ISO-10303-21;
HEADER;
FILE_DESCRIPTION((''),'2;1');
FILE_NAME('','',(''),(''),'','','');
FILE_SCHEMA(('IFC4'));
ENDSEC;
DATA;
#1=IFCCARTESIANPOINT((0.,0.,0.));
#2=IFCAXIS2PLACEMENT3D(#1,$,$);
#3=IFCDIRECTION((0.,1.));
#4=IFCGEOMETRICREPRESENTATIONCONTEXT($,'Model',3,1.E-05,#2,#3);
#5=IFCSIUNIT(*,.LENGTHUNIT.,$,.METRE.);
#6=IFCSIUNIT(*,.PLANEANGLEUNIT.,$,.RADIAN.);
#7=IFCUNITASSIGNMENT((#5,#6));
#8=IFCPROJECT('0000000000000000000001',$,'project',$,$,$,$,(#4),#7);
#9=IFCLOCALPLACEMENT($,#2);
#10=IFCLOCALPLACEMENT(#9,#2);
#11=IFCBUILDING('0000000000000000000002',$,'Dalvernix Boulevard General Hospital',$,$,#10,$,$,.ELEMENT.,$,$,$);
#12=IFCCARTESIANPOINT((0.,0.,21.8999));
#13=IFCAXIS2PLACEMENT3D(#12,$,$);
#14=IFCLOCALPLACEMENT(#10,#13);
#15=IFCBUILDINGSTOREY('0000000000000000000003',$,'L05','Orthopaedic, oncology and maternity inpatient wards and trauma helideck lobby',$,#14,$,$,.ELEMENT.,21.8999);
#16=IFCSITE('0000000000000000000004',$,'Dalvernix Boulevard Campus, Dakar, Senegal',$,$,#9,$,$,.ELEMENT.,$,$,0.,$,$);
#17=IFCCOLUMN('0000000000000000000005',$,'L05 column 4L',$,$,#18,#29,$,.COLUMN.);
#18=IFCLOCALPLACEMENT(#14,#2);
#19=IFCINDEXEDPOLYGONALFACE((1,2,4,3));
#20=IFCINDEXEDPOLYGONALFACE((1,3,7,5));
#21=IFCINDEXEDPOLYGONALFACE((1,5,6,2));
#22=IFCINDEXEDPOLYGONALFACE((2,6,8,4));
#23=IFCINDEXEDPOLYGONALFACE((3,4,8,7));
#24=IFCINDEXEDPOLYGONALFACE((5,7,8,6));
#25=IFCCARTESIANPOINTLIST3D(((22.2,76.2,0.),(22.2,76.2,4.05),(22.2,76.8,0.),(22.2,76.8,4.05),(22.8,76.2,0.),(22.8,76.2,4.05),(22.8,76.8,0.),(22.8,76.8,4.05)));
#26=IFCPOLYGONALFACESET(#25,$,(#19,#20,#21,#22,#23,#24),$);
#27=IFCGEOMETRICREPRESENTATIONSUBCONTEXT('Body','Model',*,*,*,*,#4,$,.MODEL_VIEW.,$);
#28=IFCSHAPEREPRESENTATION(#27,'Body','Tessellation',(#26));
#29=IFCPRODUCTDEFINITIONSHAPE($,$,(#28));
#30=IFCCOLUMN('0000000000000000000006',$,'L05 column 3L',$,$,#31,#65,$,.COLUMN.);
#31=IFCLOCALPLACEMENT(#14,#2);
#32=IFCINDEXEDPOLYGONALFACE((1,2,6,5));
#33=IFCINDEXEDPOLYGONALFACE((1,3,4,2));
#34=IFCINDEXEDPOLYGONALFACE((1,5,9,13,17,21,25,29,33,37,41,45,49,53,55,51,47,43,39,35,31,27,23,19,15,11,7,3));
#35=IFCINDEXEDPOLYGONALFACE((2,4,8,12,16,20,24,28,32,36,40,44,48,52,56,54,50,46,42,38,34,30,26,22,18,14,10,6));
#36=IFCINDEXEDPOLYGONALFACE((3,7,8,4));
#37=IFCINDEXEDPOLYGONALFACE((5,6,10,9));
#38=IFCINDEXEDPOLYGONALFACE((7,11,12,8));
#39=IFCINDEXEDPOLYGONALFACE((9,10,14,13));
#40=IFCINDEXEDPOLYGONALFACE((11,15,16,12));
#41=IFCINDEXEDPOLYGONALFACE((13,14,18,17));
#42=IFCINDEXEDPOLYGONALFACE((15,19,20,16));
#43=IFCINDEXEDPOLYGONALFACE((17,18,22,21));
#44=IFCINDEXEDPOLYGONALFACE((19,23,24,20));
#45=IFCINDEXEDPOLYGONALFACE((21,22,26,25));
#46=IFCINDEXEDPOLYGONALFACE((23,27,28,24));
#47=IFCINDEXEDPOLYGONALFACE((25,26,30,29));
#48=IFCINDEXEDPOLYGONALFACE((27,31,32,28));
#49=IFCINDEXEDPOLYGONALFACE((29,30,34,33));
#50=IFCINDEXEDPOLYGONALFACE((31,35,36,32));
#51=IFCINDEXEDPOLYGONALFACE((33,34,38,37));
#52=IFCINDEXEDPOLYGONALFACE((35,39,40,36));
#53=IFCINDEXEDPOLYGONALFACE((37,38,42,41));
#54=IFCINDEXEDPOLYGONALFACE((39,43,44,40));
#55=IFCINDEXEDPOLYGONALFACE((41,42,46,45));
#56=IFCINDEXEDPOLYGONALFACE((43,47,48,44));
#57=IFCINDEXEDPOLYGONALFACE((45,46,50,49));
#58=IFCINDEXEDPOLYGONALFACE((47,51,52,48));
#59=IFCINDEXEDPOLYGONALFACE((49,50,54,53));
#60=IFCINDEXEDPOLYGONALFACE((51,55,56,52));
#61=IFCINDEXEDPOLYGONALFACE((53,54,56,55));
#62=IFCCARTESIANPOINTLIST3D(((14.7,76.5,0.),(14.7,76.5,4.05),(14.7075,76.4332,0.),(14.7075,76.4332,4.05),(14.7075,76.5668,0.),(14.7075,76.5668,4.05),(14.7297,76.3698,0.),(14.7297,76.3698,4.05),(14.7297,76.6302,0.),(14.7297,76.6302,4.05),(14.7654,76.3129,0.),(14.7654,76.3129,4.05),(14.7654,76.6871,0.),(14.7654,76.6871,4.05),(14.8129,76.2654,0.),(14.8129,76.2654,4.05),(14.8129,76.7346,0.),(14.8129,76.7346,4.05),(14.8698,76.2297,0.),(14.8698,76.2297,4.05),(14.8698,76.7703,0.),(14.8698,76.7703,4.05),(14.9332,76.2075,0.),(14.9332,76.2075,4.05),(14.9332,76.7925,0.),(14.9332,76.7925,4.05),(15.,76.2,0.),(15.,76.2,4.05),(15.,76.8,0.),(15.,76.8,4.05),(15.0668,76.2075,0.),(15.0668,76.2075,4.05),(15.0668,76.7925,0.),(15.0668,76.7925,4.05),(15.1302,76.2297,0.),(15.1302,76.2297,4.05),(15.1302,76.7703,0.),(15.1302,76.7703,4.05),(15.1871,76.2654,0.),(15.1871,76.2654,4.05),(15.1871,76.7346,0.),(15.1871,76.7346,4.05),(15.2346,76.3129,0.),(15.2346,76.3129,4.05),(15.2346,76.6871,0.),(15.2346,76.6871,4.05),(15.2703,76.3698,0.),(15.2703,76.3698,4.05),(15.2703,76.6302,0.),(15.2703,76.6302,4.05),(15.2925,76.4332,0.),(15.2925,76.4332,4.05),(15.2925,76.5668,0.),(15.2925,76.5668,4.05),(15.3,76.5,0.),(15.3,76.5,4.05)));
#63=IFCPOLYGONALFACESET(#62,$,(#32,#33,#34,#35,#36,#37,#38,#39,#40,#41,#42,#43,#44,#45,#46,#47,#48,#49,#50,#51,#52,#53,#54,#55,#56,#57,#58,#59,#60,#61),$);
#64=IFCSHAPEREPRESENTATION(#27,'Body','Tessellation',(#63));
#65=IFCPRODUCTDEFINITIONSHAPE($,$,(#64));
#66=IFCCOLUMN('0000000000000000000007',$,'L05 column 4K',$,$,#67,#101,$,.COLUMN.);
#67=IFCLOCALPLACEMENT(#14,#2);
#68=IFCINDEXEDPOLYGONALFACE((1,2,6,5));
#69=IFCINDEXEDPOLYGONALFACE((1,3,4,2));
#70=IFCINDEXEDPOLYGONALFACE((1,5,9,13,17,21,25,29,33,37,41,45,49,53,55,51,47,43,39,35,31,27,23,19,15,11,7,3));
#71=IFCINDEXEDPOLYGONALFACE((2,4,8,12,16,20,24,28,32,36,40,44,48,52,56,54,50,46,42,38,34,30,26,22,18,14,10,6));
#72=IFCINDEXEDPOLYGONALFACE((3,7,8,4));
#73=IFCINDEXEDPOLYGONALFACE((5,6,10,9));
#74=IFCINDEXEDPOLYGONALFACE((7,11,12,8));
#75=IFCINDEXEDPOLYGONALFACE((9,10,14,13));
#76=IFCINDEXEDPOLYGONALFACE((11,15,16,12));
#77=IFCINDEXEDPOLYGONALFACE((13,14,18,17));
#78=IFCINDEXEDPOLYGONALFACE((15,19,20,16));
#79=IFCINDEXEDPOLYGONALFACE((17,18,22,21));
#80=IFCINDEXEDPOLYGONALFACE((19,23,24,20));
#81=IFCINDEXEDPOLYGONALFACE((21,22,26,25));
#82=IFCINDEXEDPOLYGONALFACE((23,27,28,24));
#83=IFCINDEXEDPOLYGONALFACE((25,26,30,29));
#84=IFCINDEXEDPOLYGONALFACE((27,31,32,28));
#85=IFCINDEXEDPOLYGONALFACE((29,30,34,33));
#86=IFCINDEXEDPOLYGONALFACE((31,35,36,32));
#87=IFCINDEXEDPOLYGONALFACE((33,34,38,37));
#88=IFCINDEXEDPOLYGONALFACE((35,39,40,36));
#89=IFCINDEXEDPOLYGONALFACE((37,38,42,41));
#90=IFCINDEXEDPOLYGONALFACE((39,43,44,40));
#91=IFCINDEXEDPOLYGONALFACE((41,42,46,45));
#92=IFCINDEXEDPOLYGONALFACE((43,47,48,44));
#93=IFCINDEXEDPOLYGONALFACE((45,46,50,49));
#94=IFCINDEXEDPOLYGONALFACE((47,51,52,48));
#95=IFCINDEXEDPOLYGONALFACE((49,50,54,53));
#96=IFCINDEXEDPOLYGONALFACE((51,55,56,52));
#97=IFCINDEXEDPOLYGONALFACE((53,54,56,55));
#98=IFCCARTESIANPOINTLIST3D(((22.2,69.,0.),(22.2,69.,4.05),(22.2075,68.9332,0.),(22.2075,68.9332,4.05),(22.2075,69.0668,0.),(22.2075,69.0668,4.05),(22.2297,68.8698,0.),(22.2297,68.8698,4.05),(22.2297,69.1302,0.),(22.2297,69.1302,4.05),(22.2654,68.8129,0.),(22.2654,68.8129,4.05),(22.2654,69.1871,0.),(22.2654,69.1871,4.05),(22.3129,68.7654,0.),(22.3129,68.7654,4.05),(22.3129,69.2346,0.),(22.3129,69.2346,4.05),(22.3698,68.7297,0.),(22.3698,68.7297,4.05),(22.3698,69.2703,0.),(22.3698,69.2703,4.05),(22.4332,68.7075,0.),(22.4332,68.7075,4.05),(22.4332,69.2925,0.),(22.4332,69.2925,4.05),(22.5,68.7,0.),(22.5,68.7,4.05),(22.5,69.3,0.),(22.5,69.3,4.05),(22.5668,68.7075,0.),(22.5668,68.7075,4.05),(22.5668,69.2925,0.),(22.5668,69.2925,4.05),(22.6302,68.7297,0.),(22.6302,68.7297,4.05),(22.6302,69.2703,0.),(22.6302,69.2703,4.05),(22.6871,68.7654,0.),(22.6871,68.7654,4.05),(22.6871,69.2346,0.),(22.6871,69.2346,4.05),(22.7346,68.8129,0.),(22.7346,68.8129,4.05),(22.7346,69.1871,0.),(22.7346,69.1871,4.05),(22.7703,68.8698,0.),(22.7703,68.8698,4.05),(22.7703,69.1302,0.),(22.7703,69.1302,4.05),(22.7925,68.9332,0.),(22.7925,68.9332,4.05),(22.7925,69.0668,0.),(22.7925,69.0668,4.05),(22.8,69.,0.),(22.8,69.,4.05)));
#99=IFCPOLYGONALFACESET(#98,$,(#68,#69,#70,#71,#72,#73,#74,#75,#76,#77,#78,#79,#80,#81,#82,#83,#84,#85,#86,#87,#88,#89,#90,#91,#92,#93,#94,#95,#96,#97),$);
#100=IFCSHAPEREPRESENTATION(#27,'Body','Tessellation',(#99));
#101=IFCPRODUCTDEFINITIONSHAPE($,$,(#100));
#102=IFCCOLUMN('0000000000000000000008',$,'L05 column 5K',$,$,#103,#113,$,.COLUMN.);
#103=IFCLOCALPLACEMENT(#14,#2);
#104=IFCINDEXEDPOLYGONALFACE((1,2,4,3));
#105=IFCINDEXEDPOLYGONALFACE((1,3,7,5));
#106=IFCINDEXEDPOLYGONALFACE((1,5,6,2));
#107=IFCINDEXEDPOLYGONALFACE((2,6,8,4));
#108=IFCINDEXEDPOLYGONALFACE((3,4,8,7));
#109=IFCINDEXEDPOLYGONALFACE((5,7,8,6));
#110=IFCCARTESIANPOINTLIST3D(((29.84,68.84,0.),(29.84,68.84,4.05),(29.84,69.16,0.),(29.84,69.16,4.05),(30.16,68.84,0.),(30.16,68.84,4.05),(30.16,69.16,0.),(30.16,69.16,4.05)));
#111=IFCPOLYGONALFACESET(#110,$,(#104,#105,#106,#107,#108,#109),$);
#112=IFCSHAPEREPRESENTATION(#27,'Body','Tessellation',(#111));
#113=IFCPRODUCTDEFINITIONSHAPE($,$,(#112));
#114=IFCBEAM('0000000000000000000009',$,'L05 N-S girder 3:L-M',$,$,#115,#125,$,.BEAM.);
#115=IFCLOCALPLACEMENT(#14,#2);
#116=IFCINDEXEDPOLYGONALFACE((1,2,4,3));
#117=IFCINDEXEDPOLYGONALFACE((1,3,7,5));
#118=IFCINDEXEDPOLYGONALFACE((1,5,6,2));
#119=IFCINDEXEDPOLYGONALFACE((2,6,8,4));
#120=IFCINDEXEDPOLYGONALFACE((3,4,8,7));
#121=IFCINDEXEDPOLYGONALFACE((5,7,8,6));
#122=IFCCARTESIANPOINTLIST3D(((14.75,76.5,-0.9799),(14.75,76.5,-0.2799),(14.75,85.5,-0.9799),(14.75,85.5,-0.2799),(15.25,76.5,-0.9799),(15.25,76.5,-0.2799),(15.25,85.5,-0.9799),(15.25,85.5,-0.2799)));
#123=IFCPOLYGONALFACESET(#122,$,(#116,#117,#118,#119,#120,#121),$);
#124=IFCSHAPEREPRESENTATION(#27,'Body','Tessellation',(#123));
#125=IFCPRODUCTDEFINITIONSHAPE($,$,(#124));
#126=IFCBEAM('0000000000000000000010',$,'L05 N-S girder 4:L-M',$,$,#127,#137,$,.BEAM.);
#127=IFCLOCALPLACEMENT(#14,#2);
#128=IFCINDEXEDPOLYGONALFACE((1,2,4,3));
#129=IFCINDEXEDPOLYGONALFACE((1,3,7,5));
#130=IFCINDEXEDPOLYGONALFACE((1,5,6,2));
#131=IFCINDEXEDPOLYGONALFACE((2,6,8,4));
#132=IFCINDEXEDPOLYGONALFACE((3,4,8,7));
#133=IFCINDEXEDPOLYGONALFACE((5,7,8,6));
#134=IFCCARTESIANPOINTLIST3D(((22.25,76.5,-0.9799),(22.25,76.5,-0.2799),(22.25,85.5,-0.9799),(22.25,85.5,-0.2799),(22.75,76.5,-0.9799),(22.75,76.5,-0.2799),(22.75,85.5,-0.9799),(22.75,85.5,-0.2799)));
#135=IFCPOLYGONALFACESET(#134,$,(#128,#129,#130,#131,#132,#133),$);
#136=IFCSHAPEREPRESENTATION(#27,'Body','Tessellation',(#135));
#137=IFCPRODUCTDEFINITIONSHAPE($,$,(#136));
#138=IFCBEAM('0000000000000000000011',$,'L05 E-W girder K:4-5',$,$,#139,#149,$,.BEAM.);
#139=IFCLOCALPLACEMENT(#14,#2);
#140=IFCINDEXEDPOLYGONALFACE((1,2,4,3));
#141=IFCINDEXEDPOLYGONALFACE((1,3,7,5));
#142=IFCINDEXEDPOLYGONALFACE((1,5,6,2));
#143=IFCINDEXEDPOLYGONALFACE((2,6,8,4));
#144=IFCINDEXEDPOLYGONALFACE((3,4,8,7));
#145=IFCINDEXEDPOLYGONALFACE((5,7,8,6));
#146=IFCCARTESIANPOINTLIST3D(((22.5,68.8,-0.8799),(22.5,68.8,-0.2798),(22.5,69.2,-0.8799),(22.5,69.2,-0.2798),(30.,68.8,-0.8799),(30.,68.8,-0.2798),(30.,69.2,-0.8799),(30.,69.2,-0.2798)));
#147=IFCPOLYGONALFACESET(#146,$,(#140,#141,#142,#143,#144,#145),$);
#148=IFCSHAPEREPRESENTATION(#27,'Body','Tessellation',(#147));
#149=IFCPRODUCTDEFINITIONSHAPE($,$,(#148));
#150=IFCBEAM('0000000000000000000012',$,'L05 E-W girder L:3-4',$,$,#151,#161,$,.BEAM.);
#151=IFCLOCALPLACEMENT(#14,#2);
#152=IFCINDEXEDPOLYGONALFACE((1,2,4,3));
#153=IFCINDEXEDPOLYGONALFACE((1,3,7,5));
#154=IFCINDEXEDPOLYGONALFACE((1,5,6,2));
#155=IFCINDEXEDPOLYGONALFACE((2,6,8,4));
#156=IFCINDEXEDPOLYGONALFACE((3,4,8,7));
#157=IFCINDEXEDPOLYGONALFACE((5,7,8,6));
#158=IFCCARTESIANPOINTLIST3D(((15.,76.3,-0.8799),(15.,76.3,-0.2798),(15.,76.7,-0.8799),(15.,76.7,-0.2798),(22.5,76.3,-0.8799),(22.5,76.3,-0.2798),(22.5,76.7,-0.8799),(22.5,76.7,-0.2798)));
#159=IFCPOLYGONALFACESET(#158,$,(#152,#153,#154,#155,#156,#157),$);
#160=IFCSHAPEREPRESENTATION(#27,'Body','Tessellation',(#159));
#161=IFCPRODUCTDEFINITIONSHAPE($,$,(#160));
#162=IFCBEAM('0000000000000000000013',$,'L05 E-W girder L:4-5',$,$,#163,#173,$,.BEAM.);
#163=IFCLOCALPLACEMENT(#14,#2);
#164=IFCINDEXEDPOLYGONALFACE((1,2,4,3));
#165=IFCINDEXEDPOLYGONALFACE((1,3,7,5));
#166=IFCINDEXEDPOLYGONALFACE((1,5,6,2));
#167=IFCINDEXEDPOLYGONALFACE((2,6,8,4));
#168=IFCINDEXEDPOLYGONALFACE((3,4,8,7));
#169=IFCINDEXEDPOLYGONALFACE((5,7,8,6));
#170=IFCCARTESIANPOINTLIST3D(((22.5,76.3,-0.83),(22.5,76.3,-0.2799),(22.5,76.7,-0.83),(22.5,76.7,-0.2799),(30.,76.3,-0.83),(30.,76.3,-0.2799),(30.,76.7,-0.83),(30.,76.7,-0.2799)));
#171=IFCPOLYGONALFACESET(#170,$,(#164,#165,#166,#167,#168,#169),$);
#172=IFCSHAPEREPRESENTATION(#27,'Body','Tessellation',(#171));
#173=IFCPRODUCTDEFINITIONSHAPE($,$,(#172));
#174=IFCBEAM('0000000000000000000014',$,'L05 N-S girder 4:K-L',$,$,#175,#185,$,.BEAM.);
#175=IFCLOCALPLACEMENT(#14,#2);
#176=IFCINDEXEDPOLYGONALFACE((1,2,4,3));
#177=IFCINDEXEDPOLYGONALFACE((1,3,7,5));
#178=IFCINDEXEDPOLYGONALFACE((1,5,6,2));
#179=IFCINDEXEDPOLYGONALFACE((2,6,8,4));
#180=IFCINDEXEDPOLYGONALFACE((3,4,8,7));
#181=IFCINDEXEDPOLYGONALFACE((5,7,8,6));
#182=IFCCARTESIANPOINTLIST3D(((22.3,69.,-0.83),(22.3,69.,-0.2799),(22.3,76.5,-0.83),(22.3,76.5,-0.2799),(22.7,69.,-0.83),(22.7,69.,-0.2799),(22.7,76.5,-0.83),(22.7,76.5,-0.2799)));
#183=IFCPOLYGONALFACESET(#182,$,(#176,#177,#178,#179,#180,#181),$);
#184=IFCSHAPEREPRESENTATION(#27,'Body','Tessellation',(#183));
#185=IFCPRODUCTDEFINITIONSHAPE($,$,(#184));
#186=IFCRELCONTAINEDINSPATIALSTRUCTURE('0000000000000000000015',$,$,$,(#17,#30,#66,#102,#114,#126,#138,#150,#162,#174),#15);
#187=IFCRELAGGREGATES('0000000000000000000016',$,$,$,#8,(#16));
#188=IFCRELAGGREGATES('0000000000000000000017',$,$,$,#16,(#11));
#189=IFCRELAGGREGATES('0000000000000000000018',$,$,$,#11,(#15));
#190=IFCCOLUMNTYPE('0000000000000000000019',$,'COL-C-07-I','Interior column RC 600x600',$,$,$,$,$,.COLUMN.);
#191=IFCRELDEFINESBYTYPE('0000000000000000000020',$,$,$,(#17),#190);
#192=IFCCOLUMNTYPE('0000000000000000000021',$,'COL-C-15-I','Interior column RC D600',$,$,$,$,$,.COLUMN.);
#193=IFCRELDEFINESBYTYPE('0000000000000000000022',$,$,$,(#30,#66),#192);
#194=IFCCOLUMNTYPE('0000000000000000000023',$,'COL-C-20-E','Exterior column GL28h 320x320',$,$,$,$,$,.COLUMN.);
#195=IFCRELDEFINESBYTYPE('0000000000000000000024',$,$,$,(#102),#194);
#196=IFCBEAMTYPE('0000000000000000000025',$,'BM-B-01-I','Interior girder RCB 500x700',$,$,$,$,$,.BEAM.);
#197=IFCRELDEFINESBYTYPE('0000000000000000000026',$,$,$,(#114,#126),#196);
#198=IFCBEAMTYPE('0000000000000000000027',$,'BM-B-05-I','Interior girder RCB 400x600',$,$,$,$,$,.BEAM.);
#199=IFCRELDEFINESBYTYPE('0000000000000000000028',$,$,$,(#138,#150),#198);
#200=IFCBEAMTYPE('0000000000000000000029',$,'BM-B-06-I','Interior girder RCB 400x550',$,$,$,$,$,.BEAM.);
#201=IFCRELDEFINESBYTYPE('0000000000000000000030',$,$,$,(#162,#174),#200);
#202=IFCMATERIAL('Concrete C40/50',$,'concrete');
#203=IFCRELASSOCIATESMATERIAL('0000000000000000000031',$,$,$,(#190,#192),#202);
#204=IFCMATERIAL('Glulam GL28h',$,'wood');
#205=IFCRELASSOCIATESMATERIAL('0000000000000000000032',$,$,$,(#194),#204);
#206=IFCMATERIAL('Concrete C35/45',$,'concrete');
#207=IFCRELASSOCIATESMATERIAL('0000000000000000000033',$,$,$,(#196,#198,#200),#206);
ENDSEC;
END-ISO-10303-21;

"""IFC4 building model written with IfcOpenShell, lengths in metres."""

from ifc_helpers import new_model, si_unit, direction, frame, origin, origin_2d, place, context, subcontext, project, spatial, rectangle, circle, extrude, material, material_profile, profile_set, type_object, element, save


model = new_model("IFC4")

# Units and contexts
model_context = context("Model", 3, precision=1e-05, world=origin(), true_north=direction((0.0, 1.0)))
body_context = subcontext(model_context, "Body", "Model", "MODEL_VIEW")
ifc_project = project(units=[si_unit("LENGTHUNIT", "METRE"), si_unit("PLANEANGLEUNIT", "RADIAN")], contexts=[model_context])

# Site, building, storey
site_placement = place(None, origin())
site = spatial("IfcSite", under=ifc_project, at=site_placement, Name="Dalvernix Boulevard Campus, Dakar, Senegal", CompositionType="ELEMENT", RefElevation=0.0)
building_placement = place(site_placement, origin())
building = spatial("IfcBuilding", under=site, at=building_placement, Name="Dalvernix Boulevard General Hospital", CompositionType="ELEMENT")
storey_placement = place(building_placement, frame((0.0, 0.0, 21.8999)))
storey = spatial("IfcBuildingStorey", under=building, at=storey_placement, Name="L05", Description="Orthopaedic, oncology and maternity inpatient wards and trauma helideck lobby", CompositionType="ELEMENT", Elevation=21.8999)

# Columns
ifc_material_1 = material(Name="Concrete C40/50", Category="concrete")
ifc_material_profile_1 = material_profile(ifc_material_1, rectangle(XDim=0.6001, YDim=0.6001, at=origin_2d()), Name="RC 600x600")
ifc_profile_set_1 = profile_set([ifc_material_profile_1], Name="Concrete C40/50")
column_type_1 = type_object("IfcColumnType", Name="COL-C-07-I", Description="Interior column RC 600x600", PredefinedType="COLUMN", material=ifc_profile_set_1)
column_1_placement = place(storey_placement, frame((22.5, 76.5, 0.0), z_axis=(0.0, 0.0, 1.0), x_axis=(1.0, 0.0, 0.0)))
element("IfcColumn", 1, at=column_1_placement, inside=storey, type_object=column_type_1, Name="L05 column 4L", PredefinedType="COLUMN", context=body_context, shape_type="SweptSolid", body=[
    extrude(rectangle(XDim=0.6001, YDim=0.6001, at=origin_2d()), origin(), (0.0, 0.0, 1.0), 4.05),
])
ifc_material_profile_2 = material_profile(ifc_material_1, circle(Radius=0.3, at=origin_2d()), Name="RC D600")
ifc_profile_set_2 = profile_set([ifc_material_profile_2], Name="Concrete C40/50")
column_type_2 = type_object("IfcColumnType", Name="COL-C-15-I", Description="Interior column RC D600", PredefinedType="COLUMN", material=ifc_profile_set_2)
for number, where, z_axis, x_axis, name in (
    (2, (15.0, 76.5, 0.0), (0.0, 0.0, 1.0), (1.0, 0.0, 0.0), "L05 column 3L"),
    (3, (22.5, 69.0, 0.0), (0.0, 0.0, 1.0), (1.0, 0.0, 0.0), "L05 column 4K"),
):
    element("IfcColumn", number, at=place(storey_placement, frame(where, z_axis=z_axis, x_axis=x_axis)), inside=storey, type_object=column_type_2, Name=name, PredefinedType="COLUMN", context=body_context, shape_type="SweptSolid", body=[
        extrude(circle(Radius=0.3, at=origin_2d()), origin(), (0.0, 0.0, 1.0), 4.05),
    ])
ifc_material_2 = material(Name="Glulam GL28h", Category="wood")
ifc_material_profile_3 = material_profile(ifc_material_2, rectangle(XDim=0.3201, YDim=0.3201, at=origin_2d()), Name="GL28h 320x320")
ifc_profile_set_3 = profile_set([ifc_material_profile_3], Name="Glulam GL28h")
column_type_3 = type_object("IfcColumnType", Name="COL-C-20-E", Description="Exterior column GL28h 320x320", PredefinedType="COLUMN", material=ifc_profile_set_3)
column_2_placement = place(storey_placement, frame((30.0, 69.0, 0.0), z_axis=(0.0, 0.0, 1.0), x_axis=(1.0, 0.0, 0.0)))
element("IfcColumn", 4, at=column_2_placement, inside=storey, type_object=column_type_3, Name="L05 column 5K", PredefinedType="COLUMN", context=body_context, shape_type="SweptSolid", body=[
    extrude(rectangle(XDim=0.3201, YDim=0.3201, at=origin_2d()), origin(), (0.0, 0.0, 1.0), 4.05),
])

# Beams
ifc_material_3 = material(Name="Concrete C35/45", Category="concrete")
ifc_material_profile_4 = material_profile(ifc_material_3, rectangle(XDim=0.5, YDim=0.7, at=origin_2d()), Name="RCB 500x700")
ifc_profile_set_4 = profile_set([ifc_material_profile_4], Name="Concrete C35/45")
beam_type_1 = type_object("IfcBeamType", Name="BM-B-01-I", Description="Interior girder RCB 500x700", PredefinedType="BEAM", material=ifc_profile_set_4)
for number, where, z_axis, x_axis, name in (
    (5, (15.0, 76.5, -0.6299), (0.0, 1.0, 0.0), (-1.0, 0.0, 0.0), "L05 N-S girder 3:L-M"),
    (6, (22.5, 76.5, -0.6299), (0.0, 1.0, 0.0), (-1.0, 0.0, 0.0), "L05 N-S girder 4:L-M"),
):
    element("IfcBeam", number, at=place(storey_placement, frame(where, z_axis=z_axis, x_axis=x_axis)), inside=storey, type_object=beam_type_1, Name=name, PredefinedType="BEAM", context=body_context, shape_type="SweptSolid", body=[
        extrude(rectangle(XDim=0.5, YDim=0.7, at=origin_2d()), origin(), (0.0, 0.0, 1.0), 9.0),
    ])
ifc_material_profile_5 = material_profile(ifc_material_3, rectangle(XDim=0.3999, YDim=0.6001, at=origin_2d()), Name="RCB 400x600")
ifc_profile_set_5 = profile_set([ifc_material_profile_5], Name="Concrete C35/45")
beam_type_2 = type_object("IfcBeamType", Name="BM-B-05-I", Description="Interior girder RCB 400x600", PredefinedType="BEAM", material=ifc_profile_set_5)
for number, where, z_axis, x_axis, name in (
    (7, (22.5, 69.0, -0.5798), (1.0, 0.0, 0.0), (0.0, 1.0, 0.0), "L05 E-W girder K:4-5"),
    (8, (15.0, 76.5, -0.5798), (1.0, 0.0, 0.0), (0.0, 1.0, 0.0), "L05 E-W girder L:3-4"),
):
    element("IfcBeam", number, at=place(storey_placement, frame(where, z_axis=z_axis, x_axis=x_axis)), inside=storey, type_object=beam_type_2, Name=name, PredefinedType="BEAM", context=body_context, shape_type="SweptSolid", body=[
        extrude(rectangle(XDim=0.3999, YDim=0.6001, at=origin_2d()), origin(), (0.0, 0.0, 1.0), 7.5),
    ])
ifc_material_profile_6 = material_profile(ifc_material_3, rectangle(XDim=0.3999, YDim=0.55, at=origin_2d()), Name="RCB 400x550")
ifc_profile_set_6 = profile_set([ifc_material_profile_6], Name="Concrete C35/45")
beam_type_3 = type_object("IfcBeamType", Name="BM-B-06-I", Description="Interior girder RCB 400x550", PredefinedType="BEAM", material=ifc_profile_set_6)
for number, where, z_axis, x_axis, name in (
    (9, (22.5, 76.5, -0.5549), (1.0, 0.0, 0.0), (0.0, 1.0, 0.0), "L05 E-W girder L:4-5"),
    (10, (22.5, 69.0, -0.5549), (0.0, 1.0, 0.0), (-1.0, 0.0, 0.0), "L05 N-S girder 4:K-L"),
):
    element("IfcBeam", number, at=place(storey_placement, frame(where, z_axis=z_axis, x_axis=x_axis)), inside=storey, type_object=beam_type_3, Name=name, PredefinedType="BEAM", context=body_context, shape_type="SweptSolid", body=[
        extrude(rectangle(XDim=0.3999, YDim=0.55, at=origin_2d()), origin(), (0.0, 0.0, 1.0), 7.5),
    ])

save(model, "model.ifc")
